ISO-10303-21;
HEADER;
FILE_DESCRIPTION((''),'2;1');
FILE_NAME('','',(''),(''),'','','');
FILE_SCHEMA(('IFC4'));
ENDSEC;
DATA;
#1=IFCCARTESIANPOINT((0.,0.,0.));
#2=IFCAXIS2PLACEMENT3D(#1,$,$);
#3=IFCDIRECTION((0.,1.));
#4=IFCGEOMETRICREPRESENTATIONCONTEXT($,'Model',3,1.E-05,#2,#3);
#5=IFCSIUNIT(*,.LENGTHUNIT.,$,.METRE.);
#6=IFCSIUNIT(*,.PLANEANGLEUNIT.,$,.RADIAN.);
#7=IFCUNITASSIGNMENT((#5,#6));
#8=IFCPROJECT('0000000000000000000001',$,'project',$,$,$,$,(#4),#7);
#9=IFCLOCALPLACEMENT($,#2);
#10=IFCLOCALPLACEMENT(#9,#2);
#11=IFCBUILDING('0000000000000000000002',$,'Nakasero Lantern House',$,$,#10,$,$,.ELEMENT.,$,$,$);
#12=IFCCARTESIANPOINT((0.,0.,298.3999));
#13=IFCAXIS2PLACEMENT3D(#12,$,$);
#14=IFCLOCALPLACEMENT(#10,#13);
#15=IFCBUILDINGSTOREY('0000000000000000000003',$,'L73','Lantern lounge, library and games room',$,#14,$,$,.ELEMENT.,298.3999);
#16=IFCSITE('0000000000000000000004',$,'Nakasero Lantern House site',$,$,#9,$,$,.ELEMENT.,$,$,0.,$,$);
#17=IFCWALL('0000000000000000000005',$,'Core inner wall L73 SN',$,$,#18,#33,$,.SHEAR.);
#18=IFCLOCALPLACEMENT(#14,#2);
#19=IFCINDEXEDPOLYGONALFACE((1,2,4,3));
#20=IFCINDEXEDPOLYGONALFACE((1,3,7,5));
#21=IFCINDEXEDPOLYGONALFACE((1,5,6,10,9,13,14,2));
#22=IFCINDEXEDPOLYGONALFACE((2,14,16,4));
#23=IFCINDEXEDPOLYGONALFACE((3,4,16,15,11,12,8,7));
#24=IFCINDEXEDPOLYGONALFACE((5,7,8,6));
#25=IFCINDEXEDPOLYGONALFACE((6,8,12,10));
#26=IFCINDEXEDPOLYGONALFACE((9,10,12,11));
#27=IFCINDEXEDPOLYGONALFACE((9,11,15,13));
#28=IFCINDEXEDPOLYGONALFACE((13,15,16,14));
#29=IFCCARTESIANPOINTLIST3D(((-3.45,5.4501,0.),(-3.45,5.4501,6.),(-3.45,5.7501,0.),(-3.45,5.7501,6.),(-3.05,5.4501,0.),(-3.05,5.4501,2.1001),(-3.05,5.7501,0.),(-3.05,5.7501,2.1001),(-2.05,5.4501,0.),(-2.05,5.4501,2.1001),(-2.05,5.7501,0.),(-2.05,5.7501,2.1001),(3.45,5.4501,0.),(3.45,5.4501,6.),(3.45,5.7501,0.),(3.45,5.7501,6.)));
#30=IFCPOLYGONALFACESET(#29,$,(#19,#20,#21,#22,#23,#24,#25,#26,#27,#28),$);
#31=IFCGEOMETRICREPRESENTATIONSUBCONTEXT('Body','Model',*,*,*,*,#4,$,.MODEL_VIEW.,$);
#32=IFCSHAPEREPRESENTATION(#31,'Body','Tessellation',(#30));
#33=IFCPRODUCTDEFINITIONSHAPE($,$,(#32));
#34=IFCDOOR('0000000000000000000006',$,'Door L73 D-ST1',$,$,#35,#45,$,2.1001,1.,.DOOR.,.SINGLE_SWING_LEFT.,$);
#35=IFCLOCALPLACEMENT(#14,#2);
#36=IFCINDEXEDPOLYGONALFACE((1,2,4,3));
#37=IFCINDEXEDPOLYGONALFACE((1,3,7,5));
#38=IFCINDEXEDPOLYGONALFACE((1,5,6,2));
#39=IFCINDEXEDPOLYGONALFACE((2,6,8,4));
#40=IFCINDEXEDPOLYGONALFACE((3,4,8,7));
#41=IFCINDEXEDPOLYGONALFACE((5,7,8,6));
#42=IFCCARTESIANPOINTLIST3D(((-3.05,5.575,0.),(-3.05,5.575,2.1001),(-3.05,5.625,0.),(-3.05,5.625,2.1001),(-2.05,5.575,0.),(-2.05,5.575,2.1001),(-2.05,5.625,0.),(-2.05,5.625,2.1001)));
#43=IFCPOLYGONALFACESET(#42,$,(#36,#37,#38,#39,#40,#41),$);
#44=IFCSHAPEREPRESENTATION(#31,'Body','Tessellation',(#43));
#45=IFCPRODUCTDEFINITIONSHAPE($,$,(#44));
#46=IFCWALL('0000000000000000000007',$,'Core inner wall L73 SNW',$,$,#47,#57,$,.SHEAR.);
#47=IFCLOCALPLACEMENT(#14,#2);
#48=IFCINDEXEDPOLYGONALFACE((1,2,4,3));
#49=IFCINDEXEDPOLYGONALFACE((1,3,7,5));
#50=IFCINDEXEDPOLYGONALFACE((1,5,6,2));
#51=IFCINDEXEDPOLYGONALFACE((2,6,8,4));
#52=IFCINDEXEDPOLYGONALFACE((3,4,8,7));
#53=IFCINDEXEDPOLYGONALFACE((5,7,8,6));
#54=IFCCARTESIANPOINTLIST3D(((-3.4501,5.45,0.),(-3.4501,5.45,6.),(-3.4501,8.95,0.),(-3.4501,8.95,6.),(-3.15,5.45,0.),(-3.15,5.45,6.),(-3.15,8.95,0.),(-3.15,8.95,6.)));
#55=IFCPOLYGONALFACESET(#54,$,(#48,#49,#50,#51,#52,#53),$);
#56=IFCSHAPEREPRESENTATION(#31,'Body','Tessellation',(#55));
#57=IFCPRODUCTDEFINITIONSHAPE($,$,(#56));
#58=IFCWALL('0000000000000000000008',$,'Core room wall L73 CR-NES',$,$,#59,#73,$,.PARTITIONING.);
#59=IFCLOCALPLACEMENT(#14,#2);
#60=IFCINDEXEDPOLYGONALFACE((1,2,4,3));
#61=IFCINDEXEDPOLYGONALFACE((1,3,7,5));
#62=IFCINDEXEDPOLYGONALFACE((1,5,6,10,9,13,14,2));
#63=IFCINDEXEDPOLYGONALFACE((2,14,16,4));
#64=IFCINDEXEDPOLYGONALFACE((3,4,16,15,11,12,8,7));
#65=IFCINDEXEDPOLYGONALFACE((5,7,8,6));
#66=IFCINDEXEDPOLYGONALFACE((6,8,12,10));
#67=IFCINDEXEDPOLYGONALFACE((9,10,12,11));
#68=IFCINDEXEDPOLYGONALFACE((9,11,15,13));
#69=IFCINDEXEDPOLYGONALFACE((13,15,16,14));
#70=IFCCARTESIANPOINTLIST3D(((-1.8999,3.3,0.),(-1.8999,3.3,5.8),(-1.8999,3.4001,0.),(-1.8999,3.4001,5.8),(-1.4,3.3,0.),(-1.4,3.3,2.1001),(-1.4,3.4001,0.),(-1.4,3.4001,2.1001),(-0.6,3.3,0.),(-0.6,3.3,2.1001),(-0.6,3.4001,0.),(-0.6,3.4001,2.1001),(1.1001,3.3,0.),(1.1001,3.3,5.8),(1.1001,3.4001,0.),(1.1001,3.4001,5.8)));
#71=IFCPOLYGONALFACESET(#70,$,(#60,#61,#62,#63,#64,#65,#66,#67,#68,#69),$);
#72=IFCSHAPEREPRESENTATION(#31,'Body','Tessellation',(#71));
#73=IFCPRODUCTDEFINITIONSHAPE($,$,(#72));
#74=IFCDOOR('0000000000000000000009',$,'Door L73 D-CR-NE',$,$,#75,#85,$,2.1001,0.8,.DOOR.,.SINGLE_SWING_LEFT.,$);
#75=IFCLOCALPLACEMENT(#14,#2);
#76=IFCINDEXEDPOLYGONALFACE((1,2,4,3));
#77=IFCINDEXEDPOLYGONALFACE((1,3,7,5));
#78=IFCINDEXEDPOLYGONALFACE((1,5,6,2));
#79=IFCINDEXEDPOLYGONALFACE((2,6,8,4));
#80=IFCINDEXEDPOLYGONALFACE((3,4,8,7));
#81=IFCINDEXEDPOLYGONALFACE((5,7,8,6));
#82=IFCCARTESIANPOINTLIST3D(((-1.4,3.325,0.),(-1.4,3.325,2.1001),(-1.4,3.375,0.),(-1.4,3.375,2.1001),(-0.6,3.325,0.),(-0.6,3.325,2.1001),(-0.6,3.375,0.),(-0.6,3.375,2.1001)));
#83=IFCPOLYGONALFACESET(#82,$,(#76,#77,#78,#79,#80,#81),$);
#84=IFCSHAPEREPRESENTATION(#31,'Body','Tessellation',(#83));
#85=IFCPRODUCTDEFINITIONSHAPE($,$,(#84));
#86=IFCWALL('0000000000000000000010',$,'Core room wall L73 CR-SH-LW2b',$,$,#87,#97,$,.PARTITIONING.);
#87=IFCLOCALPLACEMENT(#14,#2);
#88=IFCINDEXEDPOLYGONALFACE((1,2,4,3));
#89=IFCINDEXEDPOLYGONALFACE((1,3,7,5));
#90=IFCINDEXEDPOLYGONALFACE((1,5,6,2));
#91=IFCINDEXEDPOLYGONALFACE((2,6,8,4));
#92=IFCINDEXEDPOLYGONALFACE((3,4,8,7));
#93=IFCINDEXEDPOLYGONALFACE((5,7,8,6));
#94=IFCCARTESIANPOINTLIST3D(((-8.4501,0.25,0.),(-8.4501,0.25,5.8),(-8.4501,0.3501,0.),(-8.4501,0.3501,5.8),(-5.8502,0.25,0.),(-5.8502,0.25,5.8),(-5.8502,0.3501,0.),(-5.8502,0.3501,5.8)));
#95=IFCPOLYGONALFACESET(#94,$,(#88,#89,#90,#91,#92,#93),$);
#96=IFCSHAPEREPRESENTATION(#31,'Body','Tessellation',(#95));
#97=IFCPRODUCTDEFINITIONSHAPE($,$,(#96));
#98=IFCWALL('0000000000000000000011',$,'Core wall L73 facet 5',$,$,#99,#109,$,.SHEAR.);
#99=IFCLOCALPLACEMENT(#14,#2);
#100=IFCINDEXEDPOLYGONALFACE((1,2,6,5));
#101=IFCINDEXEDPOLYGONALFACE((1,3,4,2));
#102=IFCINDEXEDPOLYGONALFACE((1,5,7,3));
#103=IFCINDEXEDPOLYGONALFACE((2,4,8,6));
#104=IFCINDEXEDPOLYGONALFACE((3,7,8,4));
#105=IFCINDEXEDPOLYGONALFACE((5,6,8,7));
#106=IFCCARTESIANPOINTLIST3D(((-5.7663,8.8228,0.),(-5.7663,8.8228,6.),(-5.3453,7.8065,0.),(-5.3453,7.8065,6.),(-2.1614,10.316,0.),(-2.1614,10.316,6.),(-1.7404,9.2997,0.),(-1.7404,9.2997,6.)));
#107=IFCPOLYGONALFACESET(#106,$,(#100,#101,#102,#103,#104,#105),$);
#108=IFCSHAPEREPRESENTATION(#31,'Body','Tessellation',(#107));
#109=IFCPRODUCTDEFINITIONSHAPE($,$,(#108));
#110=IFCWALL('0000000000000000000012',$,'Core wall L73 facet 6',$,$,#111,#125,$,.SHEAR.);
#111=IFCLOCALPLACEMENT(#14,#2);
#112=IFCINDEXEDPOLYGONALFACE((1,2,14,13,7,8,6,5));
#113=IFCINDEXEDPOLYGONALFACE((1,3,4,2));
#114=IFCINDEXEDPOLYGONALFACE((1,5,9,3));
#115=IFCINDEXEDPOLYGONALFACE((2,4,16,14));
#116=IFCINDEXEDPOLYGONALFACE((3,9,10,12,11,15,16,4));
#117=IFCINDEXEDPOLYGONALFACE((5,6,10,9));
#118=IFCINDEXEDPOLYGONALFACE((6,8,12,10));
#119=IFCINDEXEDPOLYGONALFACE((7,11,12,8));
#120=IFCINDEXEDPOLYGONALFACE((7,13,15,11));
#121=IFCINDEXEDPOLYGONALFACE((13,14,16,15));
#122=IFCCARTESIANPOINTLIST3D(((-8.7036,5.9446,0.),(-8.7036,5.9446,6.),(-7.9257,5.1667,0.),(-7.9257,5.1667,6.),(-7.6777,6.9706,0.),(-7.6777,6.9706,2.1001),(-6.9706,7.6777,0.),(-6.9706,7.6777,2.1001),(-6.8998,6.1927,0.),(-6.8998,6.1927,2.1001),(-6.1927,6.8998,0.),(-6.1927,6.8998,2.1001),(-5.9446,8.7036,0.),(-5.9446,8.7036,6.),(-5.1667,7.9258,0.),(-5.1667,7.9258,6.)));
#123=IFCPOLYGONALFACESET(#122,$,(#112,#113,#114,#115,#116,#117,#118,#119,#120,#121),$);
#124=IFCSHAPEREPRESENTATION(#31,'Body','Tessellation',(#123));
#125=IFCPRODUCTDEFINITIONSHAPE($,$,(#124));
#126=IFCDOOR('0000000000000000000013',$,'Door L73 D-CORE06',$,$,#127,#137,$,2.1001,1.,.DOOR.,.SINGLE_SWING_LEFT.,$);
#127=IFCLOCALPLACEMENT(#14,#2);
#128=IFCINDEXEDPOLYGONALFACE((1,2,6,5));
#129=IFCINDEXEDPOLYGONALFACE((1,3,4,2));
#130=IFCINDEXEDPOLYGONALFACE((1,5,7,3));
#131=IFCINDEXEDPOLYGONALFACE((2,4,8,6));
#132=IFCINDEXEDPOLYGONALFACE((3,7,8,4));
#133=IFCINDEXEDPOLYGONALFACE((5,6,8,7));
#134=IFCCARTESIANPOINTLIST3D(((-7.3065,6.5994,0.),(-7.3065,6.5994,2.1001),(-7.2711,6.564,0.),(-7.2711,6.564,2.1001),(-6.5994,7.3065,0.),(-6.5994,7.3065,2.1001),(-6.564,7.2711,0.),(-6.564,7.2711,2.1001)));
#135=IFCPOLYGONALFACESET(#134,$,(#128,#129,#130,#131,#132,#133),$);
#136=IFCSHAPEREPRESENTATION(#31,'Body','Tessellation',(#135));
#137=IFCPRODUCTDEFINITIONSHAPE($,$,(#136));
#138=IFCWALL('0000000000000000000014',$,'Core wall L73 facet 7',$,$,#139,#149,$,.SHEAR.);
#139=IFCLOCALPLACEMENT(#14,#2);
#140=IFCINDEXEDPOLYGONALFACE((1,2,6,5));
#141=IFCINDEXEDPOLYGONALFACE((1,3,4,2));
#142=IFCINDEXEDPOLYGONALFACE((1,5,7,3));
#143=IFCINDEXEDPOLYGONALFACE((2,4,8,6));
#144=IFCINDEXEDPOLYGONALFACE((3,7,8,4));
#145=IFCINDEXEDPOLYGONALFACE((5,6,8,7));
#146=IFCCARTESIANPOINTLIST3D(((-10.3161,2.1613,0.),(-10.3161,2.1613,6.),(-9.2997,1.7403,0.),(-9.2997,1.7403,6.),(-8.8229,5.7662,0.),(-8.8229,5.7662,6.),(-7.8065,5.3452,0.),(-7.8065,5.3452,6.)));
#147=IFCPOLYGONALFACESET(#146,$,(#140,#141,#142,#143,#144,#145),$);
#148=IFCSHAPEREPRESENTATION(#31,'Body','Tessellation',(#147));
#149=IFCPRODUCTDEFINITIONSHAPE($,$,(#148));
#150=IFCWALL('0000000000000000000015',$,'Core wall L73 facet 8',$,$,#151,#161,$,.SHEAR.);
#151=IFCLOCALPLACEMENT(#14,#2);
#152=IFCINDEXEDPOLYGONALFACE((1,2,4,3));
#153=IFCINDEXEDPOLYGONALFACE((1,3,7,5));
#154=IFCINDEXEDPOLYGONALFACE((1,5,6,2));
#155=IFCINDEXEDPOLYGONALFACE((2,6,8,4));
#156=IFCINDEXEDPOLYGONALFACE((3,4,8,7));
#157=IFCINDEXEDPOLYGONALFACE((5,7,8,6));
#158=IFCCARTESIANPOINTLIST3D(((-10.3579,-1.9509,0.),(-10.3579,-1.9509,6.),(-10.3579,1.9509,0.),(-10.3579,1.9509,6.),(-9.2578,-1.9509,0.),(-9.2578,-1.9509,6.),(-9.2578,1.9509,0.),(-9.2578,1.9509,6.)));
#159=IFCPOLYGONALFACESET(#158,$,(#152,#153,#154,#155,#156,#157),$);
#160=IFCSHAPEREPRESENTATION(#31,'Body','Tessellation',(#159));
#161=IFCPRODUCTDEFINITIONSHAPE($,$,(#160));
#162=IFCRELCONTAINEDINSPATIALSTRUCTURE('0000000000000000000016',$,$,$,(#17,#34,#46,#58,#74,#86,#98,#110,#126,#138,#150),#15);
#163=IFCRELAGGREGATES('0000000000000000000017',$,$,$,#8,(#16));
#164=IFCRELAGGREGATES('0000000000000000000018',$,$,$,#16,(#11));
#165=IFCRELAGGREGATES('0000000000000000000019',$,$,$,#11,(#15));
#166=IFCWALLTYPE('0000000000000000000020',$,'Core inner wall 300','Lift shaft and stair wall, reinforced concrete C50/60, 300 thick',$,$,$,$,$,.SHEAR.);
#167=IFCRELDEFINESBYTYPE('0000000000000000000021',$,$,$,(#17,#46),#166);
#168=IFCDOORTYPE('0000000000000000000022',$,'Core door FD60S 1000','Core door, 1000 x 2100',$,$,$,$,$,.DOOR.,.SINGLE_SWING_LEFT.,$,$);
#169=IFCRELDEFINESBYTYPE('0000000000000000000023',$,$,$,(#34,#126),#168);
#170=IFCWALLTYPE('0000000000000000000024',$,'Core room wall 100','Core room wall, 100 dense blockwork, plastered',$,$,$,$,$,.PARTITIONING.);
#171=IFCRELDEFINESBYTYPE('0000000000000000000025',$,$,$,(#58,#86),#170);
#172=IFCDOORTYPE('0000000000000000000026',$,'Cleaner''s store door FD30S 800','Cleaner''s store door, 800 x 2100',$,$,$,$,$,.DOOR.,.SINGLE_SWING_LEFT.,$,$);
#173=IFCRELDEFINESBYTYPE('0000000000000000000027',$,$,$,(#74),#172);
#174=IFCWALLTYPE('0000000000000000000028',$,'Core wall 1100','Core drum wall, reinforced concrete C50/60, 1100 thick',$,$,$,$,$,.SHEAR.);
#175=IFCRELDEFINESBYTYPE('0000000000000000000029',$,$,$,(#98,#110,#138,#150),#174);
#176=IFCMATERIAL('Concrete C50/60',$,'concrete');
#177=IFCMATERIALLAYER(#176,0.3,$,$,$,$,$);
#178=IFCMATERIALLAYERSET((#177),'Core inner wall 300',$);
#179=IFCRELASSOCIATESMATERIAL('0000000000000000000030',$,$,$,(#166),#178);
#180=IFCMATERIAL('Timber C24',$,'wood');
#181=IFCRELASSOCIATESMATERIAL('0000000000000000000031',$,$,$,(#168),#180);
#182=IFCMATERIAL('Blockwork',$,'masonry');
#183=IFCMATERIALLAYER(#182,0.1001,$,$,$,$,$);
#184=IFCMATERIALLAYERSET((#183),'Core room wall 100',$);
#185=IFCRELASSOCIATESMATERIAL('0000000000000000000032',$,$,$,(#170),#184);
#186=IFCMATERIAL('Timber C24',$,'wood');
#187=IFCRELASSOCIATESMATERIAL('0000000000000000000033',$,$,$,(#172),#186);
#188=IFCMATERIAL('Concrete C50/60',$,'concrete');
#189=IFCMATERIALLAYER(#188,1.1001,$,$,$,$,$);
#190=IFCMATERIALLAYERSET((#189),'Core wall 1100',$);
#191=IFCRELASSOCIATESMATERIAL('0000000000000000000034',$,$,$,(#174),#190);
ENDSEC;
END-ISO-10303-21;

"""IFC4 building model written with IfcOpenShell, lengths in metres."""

from ifc_helpers import new_model, si_unit, direction, frame, frame_2d, origin, place, context, subcontext, project, spatial, rectangle, extrude, material, layer, layer_set, type_object, element, fill, save


model = new_model("IFC4")

# Units and contexts
model_context = context("Model", 3, precision=1e-05, world=origin(), true_north=direction((0.0, 1.0)))
body_context = subcontext(model_context, "Body", "Model", "MODEL_VIEW")
ifc_project = project(units=[si_unit("LENGTHUNIT", "METRE"), si_unit("PLANEANGLEUNIT", "RADIAN")], contexts=[model_context])

# Site, building, storey
site_placement = place(None, origin())
site = spatial("IfcSite", under=ifc_project, at=site_placement, Name="Nakasero Lantern House site", CompositionType="ELEMENT", RefElevation=0.0)
building_placement = place(site_placement, origin())
building = spatial("IfcBuilding", under=site, at=building_placement, Name="Nakasero Lantern House", CompositionType="ELEMENT")
storey_placement = place(building_placement, frame((0.0, 0.0, 298.3999)))
storey = spatial("IfcBuildingStorey", under=building, at=storey_placement, Name="L73", Description="Lantern lounge, library and games room", CompositionType="ELEMENT", Elevation=298.3999)

# Shared definitions
ifc_material_1 = material(Name="Concrete C50/60", Category="concrete")
ifc_layer_1 = layer(ifc_material_1, 0.3)
ifc_layer_set_1 = layer_set([ifc_layer_1], Name="Core inner wall 300")
wall_type_1 = type_object("IfcWallType", Name="Core inner wall 300", Description="Lift shaft and stair wall, reinforced concrete C50/60, 300 thick", PredefinedType="SHEAR", material=ifc_layer_set_1)

# Wall, opening, door
wall_1_placement = place(storey_placement, frame((-3.45, 5.6001, 0.0), z_axis=(0.0, 0.0, 1.0), x_axis=(1.0, 0.0, 0.0)))
wall_1 = element("IfcWall", 1, at=wall_1_placement, inside=storey, type_object=wall_type_1, Name="Core inner wall L73 SN", PredefinedType="SHEAR", context=body_context, shape_type="SweptSolid", body=[
    extrude(rectangle(XDim=6.8999, YDim=0.3, at=frame_2d((3.45, 0.0))), origin(), (0.0, 0.0, 1.0), 6.0),
])
opening_1_placement = place(wall_1_placement, frame((0.3999, 0.0, 0.0)))
opening_1 = element("IfcOpeningElement", 2, at=opening_1_placement, cuts=wall_1, PredefinedType="OPENING", context=body_context, shape_type="SweptSolid", body=[
    extrude(rectangle(XDim=1.0, YDim=2.1001, at=frame_2d((0.5, 1.05))), frame((0.0, 0.1699, 0.0), z_axis=(0.0, -1.0, 0.0), x_axis=(1.0, 0.0, 0.0)), (0.0, 0.0, 1.0), 0.3401),
])
ifc_material_2 = material(Name="Timber C24", Category="wood")
door_type_1 = type_object("IfcDoorType", Name="Core door FD60S 1000", Description="Core door, 1000 x 2100", OperationType="SINGLE_SWING_LEFT", PredefinedType="DOOR", material=ifc_material_2)
door_1_placement = place(opening_1_placement, origin())
door_1 = element("IfcDoor", 3, at=door_1_placement, inside=storey, type_object=door_type_1, Name="Door L73 D-ST1", OperationType="SINGLE_SWING_LEFT", OverallHeight=2.1001, OverallWidth=1.0, PredefinedType="DOOR", context=body_context, shape_type="SweptSolid", body=[
    extrude(rectangle(XDim=1.0, YDim=2.1001, at=frame_2d((0.5, 1.05))), frame((0.0, 0.0249, 0.0), z_axis=(0.0, -1.0, 0.0), x_axis=(1.0, 0.0, 0.0)), (0.0, 0.0, 1.0), 0.05),
])
fill(opening_1, door_1)

# Wall
wall_2_placement = place(storey_placement, frame((-3.3, 5.45, 0.0), z_axis=(0.0, 0.0, 1.0), x_axis=(0.0, 1.0, 0.0)))
element("IfcWall", 4, at=wall_2_placement, inside=storey, type_object=wall_type_1, Name="Core inner wall L73 SNW", PredefinedType="SHEAR", context=body_context, shape_type="SweptSolid", body=[
    extrude(rectangle(XDim=3.5, YDim=0.3, at=frame_2d((1.75, 0.0))), origin(), (0.0, 0.0, 1.0), 6.0),
])

# Wall, opening, door
ifc_material_3 = material(Name="Blockwork", Category="masonry")
ifc_layer_2 = layer(ifc_material_3, 0.1001)
ifc_layer_set_2 = layer_set([ifc_layer_2], Name="Core room wall 100")
wall_type_2 = type_object("IfcWallType", Name="Core room wall 100", Description="Core room wall, 100 dense blockwork, plastered", PredefinedType="PARTITIONING", material=ifc_layer_set_2)
wall_3_placement = place(storey_placement, frame((-1.8999, 3.3501, 0.0), z_axis=(0.0, 0.0, 1.0), x_axis=(1.0, 0.0, 0.0)))
wall_3 = element("IfcWall", 5, at=wall_3_placement, inside=storey, type_object=wall_type_2, Name="Core room wall L73 CR-NES", PredefinedType="PARTITIONING", context=body_context, shape_type="SweptSolid", body=[
    extrude(rectangle(XDim=3.0, YDim=0.1001, at=frame_2d((1.5, 0.0))), origin(), (0.0, 0.0, 1.0), 5.8),
])
opening_2_placement = place(wall_3_placement, frame((0.5, 0.0, 0.0)))
opening_2 = element("IfcOpeningElement", 6, at=opening_2_placement, cuts=wall_3, PredefinedType="OPENING", context=body_context, shape_type="SweptSolid", body=[
    extrude(rectangle(XDim=0.8, YDim=2.1001, at=frame_2d((0.3999, 1.05))), frame((0.0, 0.0701, 0.0), z_axis=(0.0, -1.0, 0.0), x_axis=(1.0, 0.0, 0.0)), (0.0, 0.0, 1.0), 0.1401),
])
ifc_material_4 = material(Name="Timber C24", Category="wood")
door_type_2 = type_object("IfcDoorType", Name="Cleaner's store door FD30S 800", Description="Cleaner's store door, 800 x 2100", OperationType="SINGLE_SWING_LEFT", PredefinedType="DOOR", material=ifc_material_4)
door_2_placement = place(opening_2_placement, origin())
door_2 = element("IfcDoor", 7, at=door_2_placement, inside=storey, type_object=door_type_2, Name="Door L73 D-CR-NE", OperationType="SINGLE_SWING_LEFT", OverallHeight=2.1001, OverallWidth=0.8, PredefinedType="DOOR", context=body_context, shape_type="SweptSolid", body=[
    extrude(rectangle(XDim=0.8, YDim=2.1001, at=frame_2d((0.3999, 1.05))), frame((0.0, 0.0249, 0.0), z_axis=(0.0, -1.0, 0.0), x_axis=(1.0, 0.0, 0.0)), (0.0, 0.0, 1.0), 0.05),
])
fill(opening_2, door_2)

# Walls
wall_4_placement = place(storey_placement, frame((-8.45, 0.3, 0.0), z_axis=(0.0, 0.0, 1.0), x_axis=(1.0, 0.0, 0.0)))
element("IfcWall", 8, at=wall_4_placement, inside=storey, type_object=wall_type_2, Name="Core room wall L73 CR-SH-LW2b", PredefinedType="PARTITIONING", context=body_context, shape_type="SweptSolid", body=[
    extrude(rectangle(XDim=2.5999, YDim=0.1001, at=frame_2d((1.2998, 0.0))), origin(), (0.0, 0.0, 1.0), 5.8),
])
ifc_material_5 = material(Name="Concrete C50/60", Category="concrete")
ifc_layer_3 = layer(ifc_material_5, 1.1001)
ifc_layer_set_3 = layer_set([ifc_layer_3], Name="Core wall 1100")
wall_type_3 = type_object("IfcWallType", Name="Core wall 1100", Description="Core drum wall, reinforced concrete C50/60, 1100 thick", PredefinedType="SHEAR", material=ifc_layer_set_3)
wall_5_placement = place(storey_placement, frame((-1.9509, 9.8079, 0.0), z_axis=(0.0, 0.0, 1.0), x_axis=(-0.923877, -0.382691, 0.0)))
element("IfcWall", 9, at=wall_5_placement, inside=storey, type_object=wall_type_3, Name="Core wall L73 facet 5", PredefinedType="SHEAR", context=body_context, shape_type="SweptSolid", body=[
    extrude(rectangle(XDim=3.9019, YDim=1.1001, at=frame_2d((1.9509, 0.0))), origin(), (0.0, 0.0, 1.0), 6.0),
])

# Wall, opening, door
wall_6_placement = place(storey_placement, frame((-5.5557, 8.3147, 0.0), z_axis=(0.0, 0.0, 1.0), x_axis=(-0.707107, -0.707107, 0.0)))
wall_6 = element("IfcWall", 10, at=wall_6_placement, inside=storey, type_object=wall_type_3, Name="Core wall L73 facet 6", PredefinedType="SHEAR", context=body_context, shape_type="SweptSolid", body=[
    extrude(rectangle(XDim=3.9019, YDim=1.1001, at=frame_2d((1.9509, 0.0))), origin(), (0.0, 0.0, 1.0), 6.0),
])
opening_3_placement = place(wall_6_placement, frame((1.4509, 0.0, 0.0)))
opening_3 = element("IfcOpeningElement", 11, at=opening_3_placement, cuts=wall_6, PredefinedType="OPENING", context=body_context, shape_type="SweptSolid", body=[
    extrude(rectangle(XDim=1.0, YDim=2.1001, at=frame_2d((0.5, 1.05))), frame((0.0, 0.5701, 0.0), z_axis=(0.0, -1.0, 0.0), x_axis=(1.0, 0.0, 0.0)), (0.0, 0.0, 1.0), 1.1401),
])
door_3_placement = place(opening_3_placement, origin())
door_3 = element("IfcDoor", 12, at=door_3_placement, inside=storey, type_object=door_type_1, Name="Door L73 D-CORE06", OperationType="SINGLE_SWING_LEFT", OverallHeight=2.1001, OverallWidth=1.0, PredefinedType="DOOR", context=body_context, shape_type="SweptSolid", body=[
    extrude(rectangle(XDim=1.0, YDim=2.1001, at=frame_2d((0.5, 1.05))), frame((0.0, 0.0249, 0.0), z_axis=(0.0, -1.0, 0.0), x_axis=(1.0, 0.0, 0.0)), (0.0, 0.0, 1.0), 0.05),
])
fill(opening_3, door_3)

# Walls
for number, where, z_axis, x_axis, name in (
    (13, (-8.3147, 5.5557, 0.0), (0.0, 0.0, 1.0), (-0.382691, -0.923877, 0.0), "Core wall L73 facet 7"),
    (14, (-9.8079, 1.9509, 0.0), (0.0, 0.0, 1.0), (0.0, -1.0, 0.0), "Core wall L73 facet 8"),
):
    element("IfcWall", number, at=place(storey_placement, frame(where, z_axis=z_axis, x_axis=x_axis)), inside=storey, type_object=wall_type_3, Name=name, PredefinedType="SHEAR", context=body_context, shape_type="SweptSolid", body=[
        extrude(rectangle(XDim=3.9019, YDim=1.1001, at=frame_2d((1.9509, 0.0))), origin(), (0.0, 0.0, 1.0), 6.0),
    ])

save(model, "model.ifc")
